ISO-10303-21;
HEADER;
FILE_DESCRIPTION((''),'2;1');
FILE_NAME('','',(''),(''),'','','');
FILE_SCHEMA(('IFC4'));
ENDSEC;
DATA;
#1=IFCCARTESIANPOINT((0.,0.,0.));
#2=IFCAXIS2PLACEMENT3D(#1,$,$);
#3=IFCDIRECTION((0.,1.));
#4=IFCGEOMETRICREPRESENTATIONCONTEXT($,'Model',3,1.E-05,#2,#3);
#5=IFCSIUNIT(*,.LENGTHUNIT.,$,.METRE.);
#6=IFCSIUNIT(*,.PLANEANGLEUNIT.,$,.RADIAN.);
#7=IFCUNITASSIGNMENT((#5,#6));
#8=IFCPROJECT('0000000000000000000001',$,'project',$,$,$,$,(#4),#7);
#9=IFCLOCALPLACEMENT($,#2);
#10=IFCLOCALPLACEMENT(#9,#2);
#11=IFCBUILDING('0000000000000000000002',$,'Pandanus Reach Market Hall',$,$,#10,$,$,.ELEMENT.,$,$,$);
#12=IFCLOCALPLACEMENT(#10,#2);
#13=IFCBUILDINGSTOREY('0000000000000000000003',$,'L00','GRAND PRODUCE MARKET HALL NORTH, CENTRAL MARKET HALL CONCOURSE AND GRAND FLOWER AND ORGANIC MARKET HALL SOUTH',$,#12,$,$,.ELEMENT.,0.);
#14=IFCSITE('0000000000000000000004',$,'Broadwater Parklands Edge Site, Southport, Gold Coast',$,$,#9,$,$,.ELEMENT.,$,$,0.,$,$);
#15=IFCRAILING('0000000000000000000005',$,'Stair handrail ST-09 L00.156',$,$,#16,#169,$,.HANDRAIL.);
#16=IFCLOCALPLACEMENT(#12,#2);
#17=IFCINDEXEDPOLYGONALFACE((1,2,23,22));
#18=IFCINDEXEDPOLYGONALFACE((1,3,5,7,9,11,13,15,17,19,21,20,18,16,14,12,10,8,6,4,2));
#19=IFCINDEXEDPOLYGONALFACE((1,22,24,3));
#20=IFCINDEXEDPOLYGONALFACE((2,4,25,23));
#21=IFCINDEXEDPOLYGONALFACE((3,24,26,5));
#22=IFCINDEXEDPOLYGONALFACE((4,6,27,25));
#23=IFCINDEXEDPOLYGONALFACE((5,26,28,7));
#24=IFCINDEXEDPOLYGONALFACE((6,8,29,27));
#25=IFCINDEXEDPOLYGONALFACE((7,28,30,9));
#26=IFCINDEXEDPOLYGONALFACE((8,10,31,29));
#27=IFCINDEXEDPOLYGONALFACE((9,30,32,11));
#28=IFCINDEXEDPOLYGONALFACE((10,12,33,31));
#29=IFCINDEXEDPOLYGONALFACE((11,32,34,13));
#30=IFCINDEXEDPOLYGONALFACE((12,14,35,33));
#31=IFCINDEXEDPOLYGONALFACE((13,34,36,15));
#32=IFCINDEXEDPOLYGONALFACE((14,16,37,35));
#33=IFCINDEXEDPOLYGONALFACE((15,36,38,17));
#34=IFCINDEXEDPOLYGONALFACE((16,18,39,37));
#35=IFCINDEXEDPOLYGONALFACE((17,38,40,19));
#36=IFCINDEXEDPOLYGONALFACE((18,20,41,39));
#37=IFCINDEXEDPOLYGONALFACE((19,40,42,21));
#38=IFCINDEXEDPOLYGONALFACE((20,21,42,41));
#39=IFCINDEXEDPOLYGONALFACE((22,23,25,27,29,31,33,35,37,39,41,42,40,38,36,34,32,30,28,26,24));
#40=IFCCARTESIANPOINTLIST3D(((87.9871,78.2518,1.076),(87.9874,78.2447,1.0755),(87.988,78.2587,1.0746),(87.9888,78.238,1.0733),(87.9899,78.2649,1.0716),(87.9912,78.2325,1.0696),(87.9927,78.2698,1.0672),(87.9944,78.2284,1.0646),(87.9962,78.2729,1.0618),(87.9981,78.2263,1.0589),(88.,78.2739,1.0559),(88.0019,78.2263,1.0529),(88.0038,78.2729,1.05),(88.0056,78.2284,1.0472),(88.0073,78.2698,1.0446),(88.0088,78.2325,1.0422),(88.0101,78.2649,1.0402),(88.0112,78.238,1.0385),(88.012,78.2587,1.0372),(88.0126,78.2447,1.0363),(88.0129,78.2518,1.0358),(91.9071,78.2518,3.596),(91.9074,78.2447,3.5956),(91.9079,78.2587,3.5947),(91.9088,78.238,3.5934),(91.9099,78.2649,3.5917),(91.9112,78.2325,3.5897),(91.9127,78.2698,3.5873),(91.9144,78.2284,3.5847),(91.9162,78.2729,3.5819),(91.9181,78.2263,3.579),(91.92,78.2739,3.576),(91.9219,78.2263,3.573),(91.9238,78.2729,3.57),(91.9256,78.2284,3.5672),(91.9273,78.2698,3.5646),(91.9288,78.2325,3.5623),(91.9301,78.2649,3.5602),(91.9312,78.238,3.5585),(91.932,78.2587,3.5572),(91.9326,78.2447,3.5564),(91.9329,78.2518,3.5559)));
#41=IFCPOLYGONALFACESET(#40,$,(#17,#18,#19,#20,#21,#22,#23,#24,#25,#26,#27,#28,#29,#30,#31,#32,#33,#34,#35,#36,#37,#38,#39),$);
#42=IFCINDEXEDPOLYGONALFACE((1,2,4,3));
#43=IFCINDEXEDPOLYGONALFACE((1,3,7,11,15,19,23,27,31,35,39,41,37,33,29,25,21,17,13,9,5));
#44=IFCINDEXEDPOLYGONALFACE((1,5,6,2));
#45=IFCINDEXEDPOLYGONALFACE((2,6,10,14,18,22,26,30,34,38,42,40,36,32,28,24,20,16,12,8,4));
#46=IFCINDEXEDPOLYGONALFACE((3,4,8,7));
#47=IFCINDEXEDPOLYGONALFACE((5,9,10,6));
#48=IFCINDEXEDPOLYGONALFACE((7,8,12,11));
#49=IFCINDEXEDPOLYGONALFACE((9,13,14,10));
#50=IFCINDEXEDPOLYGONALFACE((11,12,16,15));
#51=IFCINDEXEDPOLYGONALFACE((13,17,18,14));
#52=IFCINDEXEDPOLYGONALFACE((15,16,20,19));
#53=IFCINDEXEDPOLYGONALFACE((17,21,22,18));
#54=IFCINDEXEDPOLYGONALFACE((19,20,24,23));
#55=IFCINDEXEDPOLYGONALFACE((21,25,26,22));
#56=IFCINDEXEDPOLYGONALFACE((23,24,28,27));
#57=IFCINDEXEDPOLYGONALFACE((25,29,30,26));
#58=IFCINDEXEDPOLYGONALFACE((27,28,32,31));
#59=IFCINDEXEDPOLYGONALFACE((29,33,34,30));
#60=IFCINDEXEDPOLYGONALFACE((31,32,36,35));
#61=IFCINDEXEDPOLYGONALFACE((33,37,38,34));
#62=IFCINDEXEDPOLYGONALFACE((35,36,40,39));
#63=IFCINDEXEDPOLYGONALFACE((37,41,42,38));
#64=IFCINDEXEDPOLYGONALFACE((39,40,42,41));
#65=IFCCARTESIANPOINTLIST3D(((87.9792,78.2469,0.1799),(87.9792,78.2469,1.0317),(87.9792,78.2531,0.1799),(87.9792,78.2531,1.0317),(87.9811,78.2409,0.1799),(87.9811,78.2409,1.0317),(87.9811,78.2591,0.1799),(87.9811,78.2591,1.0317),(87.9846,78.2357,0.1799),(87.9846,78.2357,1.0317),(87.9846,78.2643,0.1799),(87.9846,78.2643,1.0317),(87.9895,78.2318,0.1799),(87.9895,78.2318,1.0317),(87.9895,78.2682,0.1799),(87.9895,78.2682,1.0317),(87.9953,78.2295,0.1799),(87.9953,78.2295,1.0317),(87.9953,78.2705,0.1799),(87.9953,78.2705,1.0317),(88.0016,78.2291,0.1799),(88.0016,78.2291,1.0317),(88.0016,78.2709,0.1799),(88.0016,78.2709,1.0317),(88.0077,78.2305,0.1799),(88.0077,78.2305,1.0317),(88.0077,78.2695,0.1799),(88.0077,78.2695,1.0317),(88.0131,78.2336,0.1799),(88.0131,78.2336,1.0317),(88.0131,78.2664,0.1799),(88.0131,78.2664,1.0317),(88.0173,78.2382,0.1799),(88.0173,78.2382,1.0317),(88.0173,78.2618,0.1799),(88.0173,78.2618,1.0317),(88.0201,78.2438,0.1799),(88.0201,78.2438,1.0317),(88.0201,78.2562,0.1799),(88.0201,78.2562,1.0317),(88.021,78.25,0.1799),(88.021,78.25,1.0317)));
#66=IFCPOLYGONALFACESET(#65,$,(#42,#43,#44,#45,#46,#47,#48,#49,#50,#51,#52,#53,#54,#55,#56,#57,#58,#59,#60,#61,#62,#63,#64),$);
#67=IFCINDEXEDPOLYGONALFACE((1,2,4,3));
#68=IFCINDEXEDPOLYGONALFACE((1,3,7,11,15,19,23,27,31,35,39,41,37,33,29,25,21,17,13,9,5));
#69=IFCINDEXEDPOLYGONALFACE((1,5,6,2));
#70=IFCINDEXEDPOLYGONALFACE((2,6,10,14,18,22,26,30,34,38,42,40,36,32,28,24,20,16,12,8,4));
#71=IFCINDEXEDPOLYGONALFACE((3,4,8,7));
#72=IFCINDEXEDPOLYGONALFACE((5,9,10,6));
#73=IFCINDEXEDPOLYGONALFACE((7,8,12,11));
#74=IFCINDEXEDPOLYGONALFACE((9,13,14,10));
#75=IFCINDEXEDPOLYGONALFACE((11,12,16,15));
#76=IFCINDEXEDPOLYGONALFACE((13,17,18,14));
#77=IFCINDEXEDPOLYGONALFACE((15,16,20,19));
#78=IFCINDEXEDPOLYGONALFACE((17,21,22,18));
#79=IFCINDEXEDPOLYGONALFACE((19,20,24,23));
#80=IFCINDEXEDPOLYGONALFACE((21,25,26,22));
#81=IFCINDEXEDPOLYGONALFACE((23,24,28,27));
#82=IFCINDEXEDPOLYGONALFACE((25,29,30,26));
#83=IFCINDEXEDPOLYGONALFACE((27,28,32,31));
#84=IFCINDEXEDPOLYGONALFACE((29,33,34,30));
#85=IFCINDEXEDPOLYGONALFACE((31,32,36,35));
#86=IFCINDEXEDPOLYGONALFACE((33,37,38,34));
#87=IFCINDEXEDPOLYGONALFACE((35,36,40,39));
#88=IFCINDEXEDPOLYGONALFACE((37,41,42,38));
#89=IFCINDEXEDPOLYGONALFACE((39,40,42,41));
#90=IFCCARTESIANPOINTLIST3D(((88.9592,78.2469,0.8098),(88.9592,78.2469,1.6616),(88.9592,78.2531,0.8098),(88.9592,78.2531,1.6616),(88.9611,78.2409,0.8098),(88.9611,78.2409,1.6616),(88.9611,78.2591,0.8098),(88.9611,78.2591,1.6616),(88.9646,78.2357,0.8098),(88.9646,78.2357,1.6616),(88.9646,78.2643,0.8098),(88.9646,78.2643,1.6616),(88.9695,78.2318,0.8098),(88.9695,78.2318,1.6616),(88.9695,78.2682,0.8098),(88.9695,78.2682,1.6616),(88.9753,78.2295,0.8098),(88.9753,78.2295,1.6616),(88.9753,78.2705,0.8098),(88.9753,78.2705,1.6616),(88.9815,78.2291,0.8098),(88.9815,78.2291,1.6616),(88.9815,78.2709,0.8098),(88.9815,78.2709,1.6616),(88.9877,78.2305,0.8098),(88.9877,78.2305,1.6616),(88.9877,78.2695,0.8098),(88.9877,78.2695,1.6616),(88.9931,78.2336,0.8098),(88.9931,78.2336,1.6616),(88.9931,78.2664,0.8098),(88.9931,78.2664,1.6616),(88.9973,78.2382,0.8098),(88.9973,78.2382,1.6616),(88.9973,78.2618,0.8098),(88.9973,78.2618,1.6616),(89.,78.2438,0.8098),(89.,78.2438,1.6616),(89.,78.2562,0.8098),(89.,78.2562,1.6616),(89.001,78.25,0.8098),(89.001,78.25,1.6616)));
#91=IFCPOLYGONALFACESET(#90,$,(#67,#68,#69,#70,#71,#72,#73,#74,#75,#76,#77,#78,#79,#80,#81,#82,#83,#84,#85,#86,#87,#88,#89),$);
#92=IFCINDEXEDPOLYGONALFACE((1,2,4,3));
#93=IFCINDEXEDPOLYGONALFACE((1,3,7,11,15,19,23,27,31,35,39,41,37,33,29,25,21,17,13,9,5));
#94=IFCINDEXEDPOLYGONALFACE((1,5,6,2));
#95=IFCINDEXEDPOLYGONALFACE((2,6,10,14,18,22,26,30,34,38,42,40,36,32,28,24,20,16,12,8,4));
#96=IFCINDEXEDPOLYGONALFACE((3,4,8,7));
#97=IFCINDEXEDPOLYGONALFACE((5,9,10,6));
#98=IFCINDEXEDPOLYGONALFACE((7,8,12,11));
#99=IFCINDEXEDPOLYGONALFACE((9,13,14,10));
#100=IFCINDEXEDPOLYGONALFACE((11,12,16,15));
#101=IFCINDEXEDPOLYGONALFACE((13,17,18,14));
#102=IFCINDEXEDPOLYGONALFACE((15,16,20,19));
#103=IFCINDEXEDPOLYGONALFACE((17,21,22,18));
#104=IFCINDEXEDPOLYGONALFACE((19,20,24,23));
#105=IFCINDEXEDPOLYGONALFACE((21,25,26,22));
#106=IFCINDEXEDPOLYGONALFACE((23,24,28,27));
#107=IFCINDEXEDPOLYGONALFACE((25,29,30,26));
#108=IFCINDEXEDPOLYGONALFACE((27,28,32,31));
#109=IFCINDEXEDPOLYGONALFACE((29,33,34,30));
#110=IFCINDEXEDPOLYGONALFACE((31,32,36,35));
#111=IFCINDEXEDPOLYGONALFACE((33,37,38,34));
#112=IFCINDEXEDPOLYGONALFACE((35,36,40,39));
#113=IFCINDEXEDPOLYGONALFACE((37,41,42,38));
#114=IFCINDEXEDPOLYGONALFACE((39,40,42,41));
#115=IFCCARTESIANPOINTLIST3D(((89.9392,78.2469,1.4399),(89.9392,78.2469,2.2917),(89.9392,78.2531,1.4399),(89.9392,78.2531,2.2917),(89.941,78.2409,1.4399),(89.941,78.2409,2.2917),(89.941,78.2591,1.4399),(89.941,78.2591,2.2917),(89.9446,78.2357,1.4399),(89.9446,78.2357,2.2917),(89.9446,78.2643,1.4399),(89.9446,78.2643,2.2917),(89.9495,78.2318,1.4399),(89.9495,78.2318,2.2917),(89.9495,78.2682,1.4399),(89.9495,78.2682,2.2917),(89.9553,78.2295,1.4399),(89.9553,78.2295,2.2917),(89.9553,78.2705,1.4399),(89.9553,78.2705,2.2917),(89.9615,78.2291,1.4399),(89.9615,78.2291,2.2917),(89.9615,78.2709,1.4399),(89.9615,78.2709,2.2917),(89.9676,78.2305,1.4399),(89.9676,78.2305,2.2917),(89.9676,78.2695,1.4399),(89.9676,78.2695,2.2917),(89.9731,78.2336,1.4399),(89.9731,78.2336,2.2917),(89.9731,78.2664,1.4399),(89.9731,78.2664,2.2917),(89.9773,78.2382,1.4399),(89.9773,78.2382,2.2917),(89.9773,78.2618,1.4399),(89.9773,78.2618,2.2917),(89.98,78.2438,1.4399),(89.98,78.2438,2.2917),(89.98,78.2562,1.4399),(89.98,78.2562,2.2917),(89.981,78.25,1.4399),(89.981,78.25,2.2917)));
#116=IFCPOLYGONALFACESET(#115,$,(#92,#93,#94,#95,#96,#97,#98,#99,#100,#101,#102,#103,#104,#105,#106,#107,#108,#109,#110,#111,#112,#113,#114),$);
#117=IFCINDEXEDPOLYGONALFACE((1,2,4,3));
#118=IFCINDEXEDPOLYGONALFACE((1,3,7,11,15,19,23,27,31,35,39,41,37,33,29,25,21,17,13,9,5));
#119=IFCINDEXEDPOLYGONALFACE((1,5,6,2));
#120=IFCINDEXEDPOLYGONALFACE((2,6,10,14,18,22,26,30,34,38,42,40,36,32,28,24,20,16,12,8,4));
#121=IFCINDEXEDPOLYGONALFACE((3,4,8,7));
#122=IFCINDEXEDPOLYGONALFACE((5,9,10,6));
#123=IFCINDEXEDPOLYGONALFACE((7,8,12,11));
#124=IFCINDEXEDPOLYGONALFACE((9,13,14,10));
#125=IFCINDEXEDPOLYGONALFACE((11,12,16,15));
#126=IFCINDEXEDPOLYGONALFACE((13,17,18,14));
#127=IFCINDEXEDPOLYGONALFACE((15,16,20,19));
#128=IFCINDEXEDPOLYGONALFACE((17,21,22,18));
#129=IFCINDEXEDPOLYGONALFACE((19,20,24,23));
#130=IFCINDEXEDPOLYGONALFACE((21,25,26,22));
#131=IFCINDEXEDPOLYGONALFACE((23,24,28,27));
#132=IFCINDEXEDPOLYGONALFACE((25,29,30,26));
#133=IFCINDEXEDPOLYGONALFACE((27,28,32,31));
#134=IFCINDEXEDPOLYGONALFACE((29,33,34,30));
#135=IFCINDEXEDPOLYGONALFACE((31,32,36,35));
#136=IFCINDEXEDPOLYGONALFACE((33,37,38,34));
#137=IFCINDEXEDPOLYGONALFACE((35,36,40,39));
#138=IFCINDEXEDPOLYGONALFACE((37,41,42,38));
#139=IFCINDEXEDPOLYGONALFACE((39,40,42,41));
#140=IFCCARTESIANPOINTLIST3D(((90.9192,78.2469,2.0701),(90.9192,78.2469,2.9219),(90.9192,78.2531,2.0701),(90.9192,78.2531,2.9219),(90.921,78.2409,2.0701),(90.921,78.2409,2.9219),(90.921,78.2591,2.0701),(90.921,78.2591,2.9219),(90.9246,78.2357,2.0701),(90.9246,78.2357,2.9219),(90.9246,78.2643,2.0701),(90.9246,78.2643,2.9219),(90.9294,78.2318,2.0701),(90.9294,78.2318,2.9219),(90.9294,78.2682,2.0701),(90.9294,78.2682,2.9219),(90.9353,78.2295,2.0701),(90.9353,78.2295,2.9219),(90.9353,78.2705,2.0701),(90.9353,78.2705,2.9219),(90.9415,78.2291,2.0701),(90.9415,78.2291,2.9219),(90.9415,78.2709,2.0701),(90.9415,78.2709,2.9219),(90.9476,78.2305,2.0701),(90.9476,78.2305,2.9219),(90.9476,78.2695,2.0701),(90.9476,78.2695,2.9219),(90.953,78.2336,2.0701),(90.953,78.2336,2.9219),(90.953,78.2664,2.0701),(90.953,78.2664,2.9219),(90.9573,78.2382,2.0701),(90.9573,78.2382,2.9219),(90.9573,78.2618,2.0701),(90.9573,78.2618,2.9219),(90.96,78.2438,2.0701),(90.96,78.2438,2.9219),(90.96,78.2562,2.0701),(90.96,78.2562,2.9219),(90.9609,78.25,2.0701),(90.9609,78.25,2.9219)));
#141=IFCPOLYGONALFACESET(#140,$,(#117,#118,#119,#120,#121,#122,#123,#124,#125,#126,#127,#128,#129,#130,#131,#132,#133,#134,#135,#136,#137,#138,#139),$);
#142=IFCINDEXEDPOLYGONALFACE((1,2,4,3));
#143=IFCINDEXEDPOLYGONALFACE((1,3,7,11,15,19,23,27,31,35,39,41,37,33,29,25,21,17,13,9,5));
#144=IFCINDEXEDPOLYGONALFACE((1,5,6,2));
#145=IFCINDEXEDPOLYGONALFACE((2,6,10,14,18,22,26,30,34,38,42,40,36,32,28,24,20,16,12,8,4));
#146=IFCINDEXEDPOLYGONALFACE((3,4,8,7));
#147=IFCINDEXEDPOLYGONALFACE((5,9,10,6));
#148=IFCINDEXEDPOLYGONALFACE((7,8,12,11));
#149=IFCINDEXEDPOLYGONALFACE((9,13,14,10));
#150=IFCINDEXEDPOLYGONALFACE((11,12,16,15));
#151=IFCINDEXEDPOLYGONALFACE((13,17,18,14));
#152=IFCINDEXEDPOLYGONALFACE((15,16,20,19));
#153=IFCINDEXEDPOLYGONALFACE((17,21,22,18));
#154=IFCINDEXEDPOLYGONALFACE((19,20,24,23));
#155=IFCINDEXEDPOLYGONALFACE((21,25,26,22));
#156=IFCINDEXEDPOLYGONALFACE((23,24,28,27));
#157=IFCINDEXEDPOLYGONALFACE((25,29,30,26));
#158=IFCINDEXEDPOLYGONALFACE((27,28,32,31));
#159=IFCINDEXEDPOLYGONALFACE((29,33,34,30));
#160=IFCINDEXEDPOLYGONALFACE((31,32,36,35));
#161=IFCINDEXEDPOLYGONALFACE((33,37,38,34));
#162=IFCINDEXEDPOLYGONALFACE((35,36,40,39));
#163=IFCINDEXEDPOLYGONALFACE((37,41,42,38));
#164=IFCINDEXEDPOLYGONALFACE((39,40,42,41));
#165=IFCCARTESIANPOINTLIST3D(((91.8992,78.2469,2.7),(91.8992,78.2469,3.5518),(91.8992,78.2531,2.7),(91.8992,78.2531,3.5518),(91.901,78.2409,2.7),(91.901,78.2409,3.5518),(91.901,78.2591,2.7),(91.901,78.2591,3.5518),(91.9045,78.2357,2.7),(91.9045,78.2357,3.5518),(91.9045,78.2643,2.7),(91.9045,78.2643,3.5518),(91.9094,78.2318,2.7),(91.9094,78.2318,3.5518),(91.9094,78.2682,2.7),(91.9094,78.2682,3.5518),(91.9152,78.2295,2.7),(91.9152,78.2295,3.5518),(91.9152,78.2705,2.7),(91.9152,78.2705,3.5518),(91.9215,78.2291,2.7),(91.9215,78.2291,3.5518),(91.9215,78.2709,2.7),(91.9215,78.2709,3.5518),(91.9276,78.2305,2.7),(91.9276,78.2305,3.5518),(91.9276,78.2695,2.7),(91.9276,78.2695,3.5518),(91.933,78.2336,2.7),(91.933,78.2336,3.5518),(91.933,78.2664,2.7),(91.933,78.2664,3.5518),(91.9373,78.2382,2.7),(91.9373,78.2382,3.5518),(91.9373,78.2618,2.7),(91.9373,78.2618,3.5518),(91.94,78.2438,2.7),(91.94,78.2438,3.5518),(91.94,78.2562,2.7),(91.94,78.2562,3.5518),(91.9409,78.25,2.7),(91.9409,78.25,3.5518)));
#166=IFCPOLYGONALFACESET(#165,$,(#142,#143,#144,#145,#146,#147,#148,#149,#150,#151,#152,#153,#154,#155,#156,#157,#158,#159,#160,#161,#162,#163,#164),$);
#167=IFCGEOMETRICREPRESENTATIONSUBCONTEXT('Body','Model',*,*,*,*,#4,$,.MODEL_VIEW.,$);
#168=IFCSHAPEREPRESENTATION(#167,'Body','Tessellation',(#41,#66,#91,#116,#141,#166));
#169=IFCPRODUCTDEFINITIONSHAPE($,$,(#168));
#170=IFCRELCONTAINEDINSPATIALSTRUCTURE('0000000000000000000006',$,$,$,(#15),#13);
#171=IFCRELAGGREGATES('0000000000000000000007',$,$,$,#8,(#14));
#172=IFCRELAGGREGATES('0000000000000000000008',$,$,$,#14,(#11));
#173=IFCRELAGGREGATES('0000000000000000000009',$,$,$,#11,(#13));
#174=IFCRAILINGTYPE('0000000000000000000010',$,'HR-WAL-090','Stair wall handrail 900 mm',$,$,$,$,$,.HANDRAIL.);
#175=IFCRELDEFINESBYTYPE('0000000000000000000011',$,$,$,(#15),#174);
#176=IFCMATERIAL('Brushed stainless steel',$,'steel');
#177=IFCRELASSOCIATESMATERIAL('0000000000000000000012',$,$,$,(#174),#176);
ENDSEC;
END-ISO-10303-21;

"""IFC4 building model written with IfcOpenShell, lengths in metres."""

from ifc_helpers import new_model, si_unit, direction, frame, origin, origin_2d, place, context, subcontext, project, spatial, circle, extrude, material, type_object, element, save


model = new_model("IFC4")

# Units and contexts
model_context = context("Model", 3, precision=1e-05, world=origin(), true_north=direction((0.0, 1.0)))
body_context = subcontext(model_context, "Body", "Model", "MODEL_VIEW")
ifc_project = project(units=[si_unit("LENGTHUNIT", "METRE"), si_unit("PLANEANGLEUNIT", "RADIAN")], contexts=[model_context])

# Site, building, storey
site_placement = place(None, origin())
site = spatial("IfcSite", under=ifc_project, at=site_placement, Name="Broadwater Parklands Edge Site, Southport, Gold Coast", CompositionType="ELEMENT", RefElevation=0.0)
building_placement = place(site_placement, origin())
building = spatial("IfcBuilding", under=site, at=building_placement, Name="Pandanus Reach Market Hall", CompositionType="ELEMENT")
storey_placement = place(building_placement, origin())
storey = spatial("IfcBuildingStorey", under=building, at=storey_placement, Name="L00", Description="GRAND PRODUCE MARKET HALL NORTH, CENTRAL MARKET HALL CONCOURSE AND GRAND FLOWER AND ORGANIC MARKET HALL SOUTH", CompositionType="ELEMENT", Elevation=0.0)

# Railing
ifc_material_1 = material(Name="Brushed stainless steel", Category="steel")
railing_type_1 = type_object("IfcRailingType", Name="HR-WAL-090", Description="Stair wall handrail 900 mm", PredefinedType="HANDRAIL", material=ifc_material_1)
railing_1_placement = place(storey_placement, frame((88.0, 78.25, 0.1799)))
element("IfcRailing", 1, at=railing_1_placement, inside=storey, type_object=railing_type_1, Name="Stair handrail ST-09 L00.156", PredefinedType="HANDRAIL", context=body_context, shape_type="SweptSolid", body=[
    extrude(circle(Radius=0.0239, at=origin_2d()), frame((0.0, 0.0, 0.876), z_axis=(0.841172, 0.0, 0.540768), x_axis=(0.0, 1.0, 0.0)), (0.0, 0.0, 1.0), 4.6602),
    extrude(circle(Radius=0.021, at=origin_2d()), origin(), (0.0, 0.0, 1.0), 0.8518),
    extrude(circle(Radius=0.021, at=origin_2d()), frame((0.98, 0.0, 0.6299)), (0.0, 0.0, 1.0), 0.8518),
    extrude(circle(Radius=0.021, at=origin_2d()), frame((1.96, 0.0, 1.26)), (0.0, 0.0, 1.0), 0.8518),
    extrude(circle(Radius=0.021, at=origin_2d()), frame((2.9399, 0.0, 1.8901)), (0.0, 0.0, 1.0), 0.8518),
    extrude(circle(Radius=0.021, at=origin_2d()), frame((3.9199, 0.0, 2.52)), (0.0, 0.0, 1.0), 0.8518),
])

save(model, "model.ifc")
